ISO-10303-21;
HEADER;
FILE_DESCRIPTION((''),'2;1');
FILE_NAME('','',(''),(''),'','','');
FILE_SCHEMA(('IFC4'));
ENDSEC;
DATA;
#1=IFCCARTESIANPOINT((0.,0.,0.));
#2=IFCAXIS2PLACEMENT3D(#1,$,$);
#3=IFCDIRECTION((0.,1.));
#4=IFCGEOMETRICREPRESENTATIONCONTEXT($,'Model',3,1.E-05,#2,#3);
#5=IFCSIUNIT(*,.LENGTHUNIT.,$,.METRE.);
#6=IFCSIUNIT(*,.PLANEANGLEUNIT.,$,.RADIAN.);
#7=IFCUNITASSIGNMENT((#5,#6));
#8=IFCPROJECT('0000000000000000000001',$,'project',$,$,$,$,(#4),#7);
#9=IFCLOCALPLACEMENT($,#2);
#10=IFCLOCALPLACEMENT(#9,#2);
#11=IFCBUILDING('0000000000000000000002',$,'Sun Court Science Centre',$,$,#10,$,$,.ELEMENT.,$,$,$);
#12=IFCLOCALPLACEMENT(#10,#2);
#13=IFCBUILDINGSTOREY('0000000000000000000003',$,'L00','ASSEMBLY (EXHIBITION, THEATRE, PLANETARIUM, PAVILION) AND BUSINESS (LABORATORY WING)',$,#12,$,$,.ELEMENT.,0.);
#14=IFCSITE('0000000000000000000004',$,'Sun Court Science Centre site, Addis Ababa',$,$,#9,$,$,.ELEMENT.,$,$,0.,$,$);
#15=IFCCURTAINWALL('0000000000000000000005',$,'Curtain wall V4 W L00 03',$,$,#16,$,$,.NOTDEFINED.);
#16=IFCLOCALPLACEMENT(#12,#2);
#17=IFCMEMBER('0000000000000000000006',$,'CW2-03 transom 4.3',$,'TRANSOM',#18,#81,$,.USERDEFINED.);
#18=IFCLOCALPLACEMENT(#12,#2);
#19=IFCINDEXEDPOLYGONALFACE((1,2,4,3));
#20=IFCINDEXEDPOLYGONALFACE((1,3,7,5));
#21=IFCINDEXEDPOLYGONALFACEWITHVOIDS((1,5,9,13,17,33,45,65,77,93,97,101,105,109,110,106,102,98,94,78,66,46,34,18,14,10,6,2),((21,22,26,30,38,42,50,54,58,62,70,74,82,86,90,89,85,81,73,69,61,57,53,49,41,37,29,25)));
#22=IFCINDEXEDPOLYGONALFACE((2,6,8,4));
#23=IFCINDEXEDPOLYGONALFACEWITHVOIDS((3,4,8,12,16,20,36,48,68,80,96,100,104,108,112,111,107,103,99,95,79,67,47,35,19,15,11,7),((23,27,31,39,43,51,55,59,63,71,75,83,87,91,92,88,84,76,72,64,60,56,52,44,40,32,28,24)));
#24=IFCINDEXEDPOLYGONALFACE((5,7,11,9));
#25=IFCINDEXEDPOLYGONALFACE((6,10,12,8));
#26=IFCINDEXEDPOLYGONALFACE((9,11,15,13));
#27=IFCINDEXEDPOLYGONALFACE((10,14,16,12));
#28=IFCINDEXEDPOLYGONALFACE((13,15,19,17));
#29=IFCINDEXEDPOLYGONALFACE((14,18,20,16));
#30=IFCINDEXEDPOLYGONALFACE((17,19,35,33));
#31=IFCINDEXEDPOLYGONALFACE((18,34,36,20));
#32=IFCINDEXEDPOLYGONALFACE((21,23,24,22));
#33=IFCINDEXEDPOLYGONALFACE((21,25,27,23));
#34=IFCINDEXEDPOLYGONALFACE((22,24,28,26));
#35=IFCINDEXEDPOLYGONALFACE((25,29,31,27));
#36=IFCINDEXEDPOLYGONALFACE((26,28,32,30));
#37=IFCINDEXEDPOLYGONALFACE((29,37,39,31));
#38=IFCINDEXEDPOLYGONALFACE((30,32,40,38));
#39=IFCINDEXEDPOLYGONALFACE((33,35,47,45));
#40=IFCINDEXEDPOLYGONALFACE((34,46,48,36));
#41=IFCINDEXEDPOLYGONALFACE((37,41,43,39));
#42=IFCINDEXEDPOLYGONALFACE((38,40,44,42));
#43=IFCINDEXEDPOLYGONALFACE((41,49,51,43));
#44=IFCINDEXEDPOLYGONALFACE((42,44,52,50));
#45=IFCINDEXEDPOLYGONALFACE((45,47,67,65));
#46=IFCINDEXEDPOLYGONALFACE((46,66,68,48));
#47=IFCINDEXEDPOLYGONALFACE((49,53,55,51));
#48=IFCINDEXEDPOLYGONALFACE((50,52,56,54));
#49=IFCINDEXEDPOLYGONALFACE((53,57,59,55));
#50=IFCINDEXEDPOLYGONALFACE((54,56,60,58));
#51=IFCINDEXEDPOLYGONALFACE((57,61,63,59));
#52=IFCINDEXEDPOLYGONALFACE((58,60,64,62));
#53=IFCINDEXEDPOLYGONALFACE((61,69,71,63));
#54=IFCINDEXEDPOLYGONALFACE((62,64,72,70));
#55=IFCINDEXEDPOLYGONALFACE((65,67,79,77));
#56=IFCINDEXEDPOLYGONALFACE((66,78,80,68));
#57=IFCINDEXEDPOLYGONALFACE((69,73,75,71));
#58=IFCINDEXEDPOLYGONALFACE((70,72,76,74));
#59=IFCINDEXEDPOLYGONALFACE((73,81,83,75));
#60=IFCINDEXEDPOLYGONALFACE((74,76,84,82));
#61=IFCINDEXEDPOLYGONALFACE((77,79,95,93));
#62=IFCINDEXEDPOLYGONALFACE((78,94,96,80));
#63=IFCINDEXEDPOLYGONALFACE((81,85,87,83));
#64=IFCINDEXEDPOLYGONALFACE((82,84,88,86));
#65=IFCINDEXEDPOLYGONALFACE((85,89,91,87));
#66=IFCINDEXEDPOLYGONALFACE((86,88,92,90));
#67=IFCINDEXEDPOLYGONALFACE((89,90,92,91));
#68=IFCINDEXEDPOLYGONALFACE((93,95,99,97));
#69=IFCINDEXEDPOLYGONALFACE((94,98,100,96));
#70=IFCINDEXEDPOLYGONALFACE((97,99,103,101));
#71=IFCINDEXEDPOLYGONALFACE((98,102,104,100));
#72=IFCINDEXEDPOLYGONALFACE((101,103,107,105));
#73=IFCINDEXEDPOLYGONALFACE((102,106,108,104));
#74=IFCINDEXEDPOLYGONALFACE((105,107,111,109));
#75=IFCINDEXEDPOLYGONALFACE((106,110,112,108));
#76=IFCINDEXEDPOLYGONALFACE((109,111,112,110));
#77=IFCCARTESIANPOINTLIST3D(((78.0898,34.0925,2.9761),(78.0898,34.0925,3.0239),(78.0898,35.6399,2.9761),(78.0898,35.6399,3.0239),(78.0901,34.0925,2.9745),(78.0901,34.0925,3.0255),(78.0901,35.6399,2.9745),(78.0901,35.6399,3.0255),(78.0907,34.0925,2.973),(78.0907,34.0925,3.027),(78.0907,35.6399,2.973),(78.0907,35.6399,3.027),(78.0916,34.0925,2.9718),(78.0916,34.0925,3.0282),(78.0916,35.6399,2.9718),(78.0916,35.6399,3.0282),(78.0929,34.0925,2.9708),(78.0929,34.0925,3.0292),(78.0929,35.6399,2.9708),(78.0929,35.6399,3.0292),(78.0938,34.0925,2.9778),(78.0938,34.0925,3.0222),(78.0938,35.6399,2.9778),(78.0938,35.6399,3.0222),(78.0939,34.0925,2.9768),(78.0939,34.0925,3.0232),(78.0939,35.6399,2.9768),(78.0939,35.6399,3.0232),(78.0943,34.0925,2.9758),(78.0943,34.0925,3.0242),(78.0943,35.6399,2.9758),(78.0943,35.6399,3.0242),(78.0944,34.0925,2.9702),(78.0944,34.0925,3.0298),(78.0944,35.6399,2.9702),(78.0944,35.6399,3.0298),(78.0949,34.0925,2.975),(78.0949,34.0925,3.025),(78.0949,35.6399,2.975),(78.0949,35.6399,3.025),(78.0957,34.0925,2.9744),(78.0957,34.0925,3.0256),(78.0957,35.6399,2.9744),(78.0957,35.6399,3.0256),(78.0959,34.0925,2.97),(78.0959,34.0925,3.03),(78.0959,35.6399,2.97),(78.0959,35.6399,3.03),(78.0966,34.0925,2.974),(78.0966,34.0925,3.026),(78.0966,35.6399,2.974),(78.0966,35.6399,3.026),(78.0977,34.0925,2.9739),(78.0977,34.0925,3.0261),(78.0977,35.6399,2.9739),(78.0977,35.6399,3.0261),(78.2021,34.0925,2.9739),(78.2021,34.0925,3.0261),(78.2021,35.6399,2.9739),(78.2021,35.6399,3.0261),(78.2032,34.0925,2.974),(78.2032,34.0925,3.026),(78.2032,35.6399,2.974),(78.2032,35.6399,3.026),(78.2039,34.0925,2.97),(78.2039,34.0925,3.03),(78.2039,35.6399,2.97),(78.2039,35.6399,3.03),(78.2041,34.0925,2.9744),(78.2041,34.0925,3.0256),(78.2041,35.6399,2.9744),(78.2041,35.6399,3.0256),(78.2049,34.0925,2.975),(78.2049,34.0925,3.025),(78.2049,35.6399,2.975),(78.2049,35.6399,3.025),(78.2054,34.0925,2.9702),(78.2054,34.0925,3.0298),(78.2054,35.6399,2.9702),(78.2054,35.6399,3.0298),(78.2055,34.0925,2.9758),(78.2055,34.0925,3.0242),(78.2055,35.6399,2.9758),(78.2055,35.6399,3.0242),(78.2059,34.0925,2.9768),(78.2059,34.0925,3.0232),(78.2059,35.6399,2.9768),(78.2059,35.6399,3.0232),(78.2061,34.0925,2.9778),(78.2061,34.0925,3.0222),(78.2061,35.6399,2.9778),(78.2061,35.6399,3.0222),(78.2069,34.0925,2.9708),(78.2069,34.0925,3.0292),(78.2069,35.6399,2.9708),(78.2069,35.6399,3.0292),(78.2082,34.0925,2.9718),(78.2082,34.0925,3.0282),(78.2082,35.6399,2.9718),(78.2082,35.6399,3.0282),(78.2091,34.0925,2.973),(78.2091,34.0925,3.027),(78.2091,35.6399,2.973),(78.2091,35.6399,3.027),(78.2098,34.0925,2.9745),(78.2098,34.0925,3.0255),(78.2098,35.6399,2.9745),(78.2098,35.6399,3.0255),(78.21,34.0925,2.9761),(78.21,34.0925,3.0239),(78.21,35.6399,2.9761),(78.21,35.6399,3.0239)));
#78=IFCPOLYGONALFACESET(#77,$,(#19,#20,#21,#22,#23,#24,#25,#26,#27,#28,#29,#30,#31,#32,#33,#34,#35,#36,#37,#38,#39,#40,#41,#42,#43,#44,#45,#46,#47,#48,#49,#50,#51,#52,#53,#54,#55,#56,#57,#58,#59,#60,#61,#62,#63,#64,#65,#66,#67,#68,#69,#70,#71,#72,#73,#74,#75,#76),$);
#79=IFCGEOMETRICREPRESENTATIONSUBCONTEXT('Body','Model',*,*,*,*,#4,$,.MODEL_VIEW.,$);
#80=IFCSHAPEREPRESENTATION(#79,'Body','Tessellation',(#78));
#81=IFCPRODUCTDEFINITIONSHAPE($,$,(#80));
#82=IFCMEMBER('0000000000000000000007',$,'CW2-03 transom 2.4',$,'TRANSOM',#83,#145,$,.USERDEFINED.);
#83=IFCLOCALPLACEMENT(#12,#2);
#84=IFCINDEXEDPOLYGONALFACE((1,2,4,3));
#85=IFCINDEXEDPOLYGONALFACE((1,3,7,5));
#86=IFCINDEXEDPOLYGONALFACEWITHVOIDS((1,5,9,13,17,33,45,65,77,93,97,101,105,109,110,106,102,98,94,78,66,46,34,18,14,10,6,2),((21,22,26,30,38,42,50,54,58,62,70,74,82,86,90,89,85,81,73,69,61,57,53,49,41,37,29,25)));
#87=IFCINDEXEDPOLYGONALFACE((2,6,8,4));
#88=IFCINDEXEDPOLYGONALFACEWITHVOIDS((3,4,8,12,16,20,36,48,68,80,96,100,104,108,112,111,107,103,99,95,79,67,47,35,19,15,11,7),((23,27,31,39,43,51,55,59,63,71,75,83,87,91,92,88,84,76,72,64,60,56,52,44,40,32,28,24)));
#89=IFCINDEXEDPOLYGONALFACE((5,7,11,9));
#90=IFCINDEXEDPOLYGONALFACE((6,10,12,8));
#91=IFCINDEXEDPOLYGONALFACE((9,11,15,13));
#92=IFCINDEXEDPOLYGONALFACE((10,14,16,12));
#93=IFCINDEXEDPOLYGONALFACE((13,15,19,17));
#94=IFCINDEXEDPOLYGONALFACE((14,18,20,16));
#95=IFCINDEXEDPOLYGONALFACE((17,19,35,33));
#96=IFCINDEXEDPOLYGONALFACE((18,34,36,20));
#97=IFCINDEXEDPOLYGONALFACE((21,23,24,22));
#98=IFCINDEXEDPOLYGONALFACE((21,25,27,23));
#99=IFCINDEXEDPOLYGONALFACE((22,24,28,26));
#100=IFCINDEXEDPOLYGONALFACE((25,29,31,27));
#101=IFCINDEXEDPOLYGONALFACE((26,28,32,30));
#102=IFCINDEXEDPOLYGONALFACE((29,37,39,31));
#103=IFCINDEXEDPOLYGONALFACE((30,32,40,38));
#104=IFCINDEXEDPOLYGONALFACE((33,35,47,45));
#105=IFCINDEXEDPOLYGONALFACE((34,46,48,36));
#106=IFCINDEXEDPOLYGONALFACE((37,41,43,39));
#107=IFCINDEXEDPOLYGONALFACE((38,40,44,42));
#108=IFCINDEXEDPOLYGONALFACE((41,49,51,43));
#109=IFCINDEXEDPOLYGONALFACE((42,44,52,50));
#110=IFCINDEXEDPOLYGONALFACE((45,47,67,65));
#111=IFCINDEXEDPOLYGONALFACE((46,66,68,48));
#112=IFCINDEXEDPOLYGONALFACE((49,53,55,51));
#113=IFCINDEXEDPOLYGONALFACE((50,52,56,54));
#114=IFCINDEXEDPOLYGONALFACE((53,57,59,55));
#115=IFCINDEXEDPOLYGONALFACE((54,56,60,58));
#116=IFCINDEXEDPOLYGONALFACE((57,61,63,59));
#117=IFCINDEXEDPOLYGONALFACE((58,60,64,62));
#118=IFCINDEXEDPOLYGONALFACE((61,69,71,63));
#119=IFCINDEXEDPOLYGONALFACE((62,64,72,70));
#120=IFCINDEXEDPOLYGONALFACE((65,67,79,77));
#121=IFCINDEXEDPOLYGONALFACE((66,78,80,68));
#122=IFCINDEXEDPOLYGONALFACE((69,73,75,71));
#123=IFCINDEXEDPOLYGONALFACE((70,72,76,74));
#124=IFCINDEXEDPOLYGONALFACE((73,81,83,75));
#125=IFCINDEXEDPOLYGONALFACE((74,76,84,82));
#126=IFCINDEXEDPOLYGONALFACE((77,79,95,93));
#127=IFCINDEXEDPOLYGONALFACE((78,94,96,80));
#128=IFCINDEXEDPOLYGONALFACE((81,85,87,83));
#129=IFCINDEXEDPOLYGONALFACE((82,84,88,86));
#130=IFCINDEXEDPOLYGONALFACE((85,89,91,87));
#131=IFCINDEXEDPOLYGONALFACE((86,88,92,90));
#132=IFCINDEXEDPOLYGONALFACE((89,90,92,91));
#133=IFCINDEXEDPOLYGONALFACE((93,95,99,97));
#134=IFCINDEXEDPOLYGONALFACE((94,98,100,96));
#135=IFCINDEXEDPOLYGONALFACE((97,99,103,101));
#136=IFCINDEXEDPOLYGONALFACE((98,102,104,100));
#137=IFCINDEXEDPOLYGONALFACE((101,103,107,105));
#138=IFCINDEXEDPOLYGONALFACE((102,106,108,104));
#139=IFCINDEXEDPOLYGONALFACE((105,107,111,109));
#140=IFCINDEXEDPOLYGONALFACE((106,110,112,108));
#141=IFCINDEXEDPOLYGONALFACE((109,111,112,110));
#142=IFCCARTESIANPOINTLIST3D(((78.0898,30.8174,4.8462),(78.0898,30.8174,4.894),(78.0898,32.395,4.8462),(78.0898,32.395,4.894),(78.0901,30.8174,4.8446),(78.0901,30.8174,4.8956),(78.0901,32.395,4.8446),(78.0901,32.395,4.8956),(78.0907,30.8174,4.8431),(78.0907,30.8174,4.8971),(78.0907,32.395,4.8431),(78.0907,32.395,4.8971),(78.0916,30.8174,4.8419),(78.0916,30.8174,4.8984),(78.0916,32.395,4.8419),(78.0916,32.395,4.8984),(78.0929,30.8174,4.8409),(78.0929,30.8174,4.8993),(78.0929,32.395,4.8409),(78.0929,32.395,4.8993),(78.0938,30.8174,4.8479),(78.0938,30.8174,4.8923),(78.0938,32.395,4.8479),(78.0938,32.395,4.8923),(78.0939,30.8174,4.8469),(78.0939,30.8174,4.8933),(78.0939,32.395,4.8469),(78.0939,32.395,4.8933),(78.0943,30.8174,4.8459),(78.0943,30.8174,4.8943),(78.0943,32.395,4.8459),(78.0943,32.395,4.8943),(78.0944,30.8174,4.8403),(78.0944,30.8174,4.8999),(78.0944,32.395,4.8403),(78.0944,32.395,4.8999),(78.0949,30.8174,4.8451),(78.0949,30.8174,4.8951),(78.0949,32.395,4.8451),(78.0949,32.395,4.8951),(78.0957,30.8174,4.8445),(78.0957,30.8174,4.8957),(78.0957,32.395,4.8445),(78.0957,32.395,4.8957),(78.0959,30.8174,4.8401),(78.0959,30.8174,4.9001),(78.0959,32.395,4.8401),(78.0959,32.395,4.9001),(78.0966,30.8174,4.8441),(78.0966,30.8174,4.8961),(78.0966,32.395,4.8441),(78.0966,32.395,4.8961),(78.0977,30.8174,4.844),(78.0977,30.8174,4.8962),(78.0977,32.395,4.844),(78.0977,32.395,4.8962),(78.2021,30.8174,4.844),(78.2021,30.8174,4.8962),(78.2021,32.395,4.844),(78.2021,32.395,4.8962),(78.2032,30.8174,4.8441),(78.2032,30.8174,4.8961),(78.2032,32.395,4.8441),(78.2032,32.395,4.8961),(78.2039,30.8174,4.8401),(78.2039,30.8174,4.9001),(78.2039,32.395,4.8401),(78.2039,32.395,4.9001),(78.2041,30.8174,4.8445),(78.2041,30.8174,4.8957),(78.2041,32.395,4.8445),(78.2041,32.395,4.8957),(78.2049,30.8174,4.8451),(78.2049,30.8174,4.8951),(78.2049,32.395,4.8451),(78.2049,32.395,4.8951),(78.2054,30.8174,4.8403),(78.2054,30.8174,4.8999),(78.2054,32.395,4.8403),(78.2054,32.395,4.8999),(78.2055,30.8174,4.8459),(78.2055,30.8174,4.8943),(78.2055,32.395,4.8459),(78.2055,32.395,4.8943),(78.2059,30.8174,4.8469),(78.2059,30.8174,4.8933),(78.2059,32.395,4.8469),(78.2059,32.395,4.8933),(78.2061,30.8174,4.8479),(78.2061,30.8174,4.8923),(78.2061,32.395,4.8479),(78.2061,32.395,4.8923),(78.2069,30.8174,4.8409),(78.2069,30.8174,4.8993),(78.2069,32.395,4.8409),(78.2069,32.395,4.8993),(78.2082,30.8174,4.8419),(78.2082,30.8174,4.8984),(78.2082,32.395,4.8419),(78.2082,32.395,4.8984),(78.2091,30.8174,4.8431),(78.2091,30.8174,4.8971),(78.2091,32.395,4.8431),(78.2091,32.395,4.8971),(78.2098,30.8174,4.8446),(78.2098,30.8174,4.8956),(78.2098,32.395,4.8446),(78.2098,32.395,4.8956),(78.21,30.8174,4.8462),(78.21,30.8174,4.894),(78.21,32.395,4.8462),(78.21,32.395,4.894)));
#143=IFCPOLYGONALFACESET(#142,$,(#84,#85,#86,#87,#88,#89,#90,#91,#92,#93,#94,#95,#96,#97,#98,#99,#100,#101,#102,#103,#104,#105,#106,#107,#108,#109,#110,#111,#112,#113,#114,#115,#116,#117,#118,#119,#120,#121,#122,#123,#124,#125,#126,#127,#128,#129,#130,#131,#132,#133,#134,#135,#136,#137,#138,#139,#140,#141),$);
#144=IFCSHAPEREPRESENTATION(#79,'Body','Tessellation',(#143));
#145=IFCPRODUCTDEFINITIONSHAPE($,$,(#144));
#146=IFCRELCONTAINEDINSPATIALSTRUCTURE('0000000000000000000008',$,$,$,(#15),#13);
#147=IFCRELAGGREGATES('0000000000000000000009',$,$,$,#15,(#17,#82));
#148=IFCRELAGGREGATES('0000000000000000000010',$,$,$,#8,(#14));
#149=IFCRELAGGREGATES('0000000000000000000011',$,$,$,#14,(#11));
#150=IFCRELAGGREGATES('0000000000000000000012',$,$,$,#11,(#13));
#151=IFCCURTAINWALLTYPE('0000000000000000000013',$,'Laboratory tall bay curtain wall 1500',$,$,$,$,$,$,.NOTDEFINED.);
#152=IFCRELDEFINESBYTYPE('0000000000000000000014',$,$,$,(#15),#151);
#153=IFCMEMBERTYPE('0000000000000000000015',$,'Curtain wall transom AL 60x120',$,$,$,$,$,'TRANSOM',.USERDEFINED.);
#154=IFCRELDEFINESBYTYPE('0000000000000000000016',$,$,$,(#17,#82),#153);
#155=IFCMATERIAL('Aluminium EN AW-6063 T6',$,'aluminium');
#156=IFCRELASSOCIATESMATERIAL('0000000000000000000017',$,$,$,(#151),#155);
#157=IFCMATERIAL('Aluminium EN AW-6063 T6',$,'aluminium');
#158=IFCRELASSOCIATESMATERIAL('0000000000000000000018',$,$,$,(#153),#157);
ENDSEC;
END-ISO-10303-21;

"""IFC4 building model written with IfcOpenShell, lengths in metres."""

from ifc_helpers import new_model, si_unit, direction, frame, origin, origin_2d, place, context, subcontext, project, spatial, hollow_rectangle, extrude, material, material_profile, profile_set, type_object, element, aggregate, save


model = new_model("IFC4")

# Units and contexts
model_context = context("Model", 3, precision=1e-05, world=origin(), true_north=direction((0.0, 1.0)))
body_context = subcontext(model_context, "Body", "Model", "MODEL_VIEW")
ifc_project = project(units=[si_unit("LENGTHUNIT", "METRE"), si_unit("PLANEANGLEUNIT", "RADIAN")], contexts=[model_context])

# Site, building, storey
site_placement = place(None, origin())
site = spatial("IfcSite", under=ifc_project, at=site_placement, Name="Sun Court Science Centre site, Addis Ababa", CompositionType="ELEMENT", RefElevation=0.0)
building_placement = place(site_placement, origin())
building = spatial("IfcBuilding", under=site, at=building_placement, Name="Sun Court Science Centre", CompositionType="ELEMENT")
storey_placement = place(building_placement, origin())
storey = spatial("IfcBuildingStorey", under=building, at=storey_placement, Name="L00", Description="ASSEMBLY (EXHIBITION, THEATRE, PLANETARIUM, PAVILION) AND BUSINESS (LABORATORY WING)", CompositionType="ELEMENT", Elevation=0.0)

# Curtain wall, members
ifc_material_1 = material(Name="Aluminium EN AW-6063 T6", Category="aluminium")
curtain_wall_type = type_object("IfcCurtainWallType", Name="Laboratory tall bay curtain wall 1500", PredefinedType="NOTDEFINED", material=ifc_material_1)
curtain_wall_placement = place(storey_placement, origin())
curtain_wall = element("IfcCurtainWall", 1, at=curtain_wall_placement, inside=storey, type_object=curtain_wall_type, Name="Curtain wall V4 W L00 03", PredefinedType="NOTDEFINED")
ifc_material_2 = material(Name="Aluminium EN AW-6063 T6", Category="aluminium")
ifc_material_profile_1 = material_profile(ifc_material_2, hollow_rectangle(XDim=0.0601, YDim=0.1201, WallThickness=0.0039, InnerFilletRadius=0.0039, OuterFilletRadius=0.0061, at=origin_2d()), Name="AL 60x120x4")
ifc_profile_set_1 = profile_set([ifc_material_profile_1], Name="Aluminium EN AW-6063 T6")
member_type_1 = type_object("IfcMemberType", Name="Curtain wall transom AL 60x120", ElementType="TRANSOM", PredefinedType="USERDEFINED", material=ifc_profile_set_1)
member_1_placement = place(storey_placement, frame((78.1499, 34.0925, 3.0), z_axis=(0.0, 1.0, 0.0), x_axis=(0.0, 0.0, 1.0)))
member_1 = element("IfcMember", 2, at=member_1_placement, type_object=member_type_1, Name="CW2-03 transom 4.3", ObjectType="TRANSOM", PredefinedType="USERDEFINED", context=body_context, shape_type="SweptSolid", body=[
    extrude(hollow_rectangle(XDim=0.0601, YDim=0.1201, WallThickness=0.0039, InnerFilletRadius=0.0039, OuterFilletRadius=0.0061, at=origin_2d()), origin(), (0.0, 0.0, 1.0), 1.5474),
])
member_2_placement = place(storey_placement, frame((78.1499, 30.8174, 4.8701), z_axis=(0.0, 1.0, 0.0), x_axis=(0.0, 0.0, 1.0)))
member_2 = element("IfcMember", 3, at=member_2_placement, type_object=member_type_1, Name="CW2-03 transom 2.4", ObjectType="TRANSOM", PredefinedType="USERDEFINED", context=body_context, shape_type="SweptSolid", body=[
    extrude(hollow_rectangle(XDim=0.0601, YDim=0.1201, WallThickness=0.0039, InnerFilletRadius=0.0039, OuterFilletRadius=0.0061, at=origin_2d()), origin(), (0.0, 0.0, 1.0), 1.5776),
])
aggregate(curtain_wall, [member_1, member_2])

save(model, "model.ifc")
